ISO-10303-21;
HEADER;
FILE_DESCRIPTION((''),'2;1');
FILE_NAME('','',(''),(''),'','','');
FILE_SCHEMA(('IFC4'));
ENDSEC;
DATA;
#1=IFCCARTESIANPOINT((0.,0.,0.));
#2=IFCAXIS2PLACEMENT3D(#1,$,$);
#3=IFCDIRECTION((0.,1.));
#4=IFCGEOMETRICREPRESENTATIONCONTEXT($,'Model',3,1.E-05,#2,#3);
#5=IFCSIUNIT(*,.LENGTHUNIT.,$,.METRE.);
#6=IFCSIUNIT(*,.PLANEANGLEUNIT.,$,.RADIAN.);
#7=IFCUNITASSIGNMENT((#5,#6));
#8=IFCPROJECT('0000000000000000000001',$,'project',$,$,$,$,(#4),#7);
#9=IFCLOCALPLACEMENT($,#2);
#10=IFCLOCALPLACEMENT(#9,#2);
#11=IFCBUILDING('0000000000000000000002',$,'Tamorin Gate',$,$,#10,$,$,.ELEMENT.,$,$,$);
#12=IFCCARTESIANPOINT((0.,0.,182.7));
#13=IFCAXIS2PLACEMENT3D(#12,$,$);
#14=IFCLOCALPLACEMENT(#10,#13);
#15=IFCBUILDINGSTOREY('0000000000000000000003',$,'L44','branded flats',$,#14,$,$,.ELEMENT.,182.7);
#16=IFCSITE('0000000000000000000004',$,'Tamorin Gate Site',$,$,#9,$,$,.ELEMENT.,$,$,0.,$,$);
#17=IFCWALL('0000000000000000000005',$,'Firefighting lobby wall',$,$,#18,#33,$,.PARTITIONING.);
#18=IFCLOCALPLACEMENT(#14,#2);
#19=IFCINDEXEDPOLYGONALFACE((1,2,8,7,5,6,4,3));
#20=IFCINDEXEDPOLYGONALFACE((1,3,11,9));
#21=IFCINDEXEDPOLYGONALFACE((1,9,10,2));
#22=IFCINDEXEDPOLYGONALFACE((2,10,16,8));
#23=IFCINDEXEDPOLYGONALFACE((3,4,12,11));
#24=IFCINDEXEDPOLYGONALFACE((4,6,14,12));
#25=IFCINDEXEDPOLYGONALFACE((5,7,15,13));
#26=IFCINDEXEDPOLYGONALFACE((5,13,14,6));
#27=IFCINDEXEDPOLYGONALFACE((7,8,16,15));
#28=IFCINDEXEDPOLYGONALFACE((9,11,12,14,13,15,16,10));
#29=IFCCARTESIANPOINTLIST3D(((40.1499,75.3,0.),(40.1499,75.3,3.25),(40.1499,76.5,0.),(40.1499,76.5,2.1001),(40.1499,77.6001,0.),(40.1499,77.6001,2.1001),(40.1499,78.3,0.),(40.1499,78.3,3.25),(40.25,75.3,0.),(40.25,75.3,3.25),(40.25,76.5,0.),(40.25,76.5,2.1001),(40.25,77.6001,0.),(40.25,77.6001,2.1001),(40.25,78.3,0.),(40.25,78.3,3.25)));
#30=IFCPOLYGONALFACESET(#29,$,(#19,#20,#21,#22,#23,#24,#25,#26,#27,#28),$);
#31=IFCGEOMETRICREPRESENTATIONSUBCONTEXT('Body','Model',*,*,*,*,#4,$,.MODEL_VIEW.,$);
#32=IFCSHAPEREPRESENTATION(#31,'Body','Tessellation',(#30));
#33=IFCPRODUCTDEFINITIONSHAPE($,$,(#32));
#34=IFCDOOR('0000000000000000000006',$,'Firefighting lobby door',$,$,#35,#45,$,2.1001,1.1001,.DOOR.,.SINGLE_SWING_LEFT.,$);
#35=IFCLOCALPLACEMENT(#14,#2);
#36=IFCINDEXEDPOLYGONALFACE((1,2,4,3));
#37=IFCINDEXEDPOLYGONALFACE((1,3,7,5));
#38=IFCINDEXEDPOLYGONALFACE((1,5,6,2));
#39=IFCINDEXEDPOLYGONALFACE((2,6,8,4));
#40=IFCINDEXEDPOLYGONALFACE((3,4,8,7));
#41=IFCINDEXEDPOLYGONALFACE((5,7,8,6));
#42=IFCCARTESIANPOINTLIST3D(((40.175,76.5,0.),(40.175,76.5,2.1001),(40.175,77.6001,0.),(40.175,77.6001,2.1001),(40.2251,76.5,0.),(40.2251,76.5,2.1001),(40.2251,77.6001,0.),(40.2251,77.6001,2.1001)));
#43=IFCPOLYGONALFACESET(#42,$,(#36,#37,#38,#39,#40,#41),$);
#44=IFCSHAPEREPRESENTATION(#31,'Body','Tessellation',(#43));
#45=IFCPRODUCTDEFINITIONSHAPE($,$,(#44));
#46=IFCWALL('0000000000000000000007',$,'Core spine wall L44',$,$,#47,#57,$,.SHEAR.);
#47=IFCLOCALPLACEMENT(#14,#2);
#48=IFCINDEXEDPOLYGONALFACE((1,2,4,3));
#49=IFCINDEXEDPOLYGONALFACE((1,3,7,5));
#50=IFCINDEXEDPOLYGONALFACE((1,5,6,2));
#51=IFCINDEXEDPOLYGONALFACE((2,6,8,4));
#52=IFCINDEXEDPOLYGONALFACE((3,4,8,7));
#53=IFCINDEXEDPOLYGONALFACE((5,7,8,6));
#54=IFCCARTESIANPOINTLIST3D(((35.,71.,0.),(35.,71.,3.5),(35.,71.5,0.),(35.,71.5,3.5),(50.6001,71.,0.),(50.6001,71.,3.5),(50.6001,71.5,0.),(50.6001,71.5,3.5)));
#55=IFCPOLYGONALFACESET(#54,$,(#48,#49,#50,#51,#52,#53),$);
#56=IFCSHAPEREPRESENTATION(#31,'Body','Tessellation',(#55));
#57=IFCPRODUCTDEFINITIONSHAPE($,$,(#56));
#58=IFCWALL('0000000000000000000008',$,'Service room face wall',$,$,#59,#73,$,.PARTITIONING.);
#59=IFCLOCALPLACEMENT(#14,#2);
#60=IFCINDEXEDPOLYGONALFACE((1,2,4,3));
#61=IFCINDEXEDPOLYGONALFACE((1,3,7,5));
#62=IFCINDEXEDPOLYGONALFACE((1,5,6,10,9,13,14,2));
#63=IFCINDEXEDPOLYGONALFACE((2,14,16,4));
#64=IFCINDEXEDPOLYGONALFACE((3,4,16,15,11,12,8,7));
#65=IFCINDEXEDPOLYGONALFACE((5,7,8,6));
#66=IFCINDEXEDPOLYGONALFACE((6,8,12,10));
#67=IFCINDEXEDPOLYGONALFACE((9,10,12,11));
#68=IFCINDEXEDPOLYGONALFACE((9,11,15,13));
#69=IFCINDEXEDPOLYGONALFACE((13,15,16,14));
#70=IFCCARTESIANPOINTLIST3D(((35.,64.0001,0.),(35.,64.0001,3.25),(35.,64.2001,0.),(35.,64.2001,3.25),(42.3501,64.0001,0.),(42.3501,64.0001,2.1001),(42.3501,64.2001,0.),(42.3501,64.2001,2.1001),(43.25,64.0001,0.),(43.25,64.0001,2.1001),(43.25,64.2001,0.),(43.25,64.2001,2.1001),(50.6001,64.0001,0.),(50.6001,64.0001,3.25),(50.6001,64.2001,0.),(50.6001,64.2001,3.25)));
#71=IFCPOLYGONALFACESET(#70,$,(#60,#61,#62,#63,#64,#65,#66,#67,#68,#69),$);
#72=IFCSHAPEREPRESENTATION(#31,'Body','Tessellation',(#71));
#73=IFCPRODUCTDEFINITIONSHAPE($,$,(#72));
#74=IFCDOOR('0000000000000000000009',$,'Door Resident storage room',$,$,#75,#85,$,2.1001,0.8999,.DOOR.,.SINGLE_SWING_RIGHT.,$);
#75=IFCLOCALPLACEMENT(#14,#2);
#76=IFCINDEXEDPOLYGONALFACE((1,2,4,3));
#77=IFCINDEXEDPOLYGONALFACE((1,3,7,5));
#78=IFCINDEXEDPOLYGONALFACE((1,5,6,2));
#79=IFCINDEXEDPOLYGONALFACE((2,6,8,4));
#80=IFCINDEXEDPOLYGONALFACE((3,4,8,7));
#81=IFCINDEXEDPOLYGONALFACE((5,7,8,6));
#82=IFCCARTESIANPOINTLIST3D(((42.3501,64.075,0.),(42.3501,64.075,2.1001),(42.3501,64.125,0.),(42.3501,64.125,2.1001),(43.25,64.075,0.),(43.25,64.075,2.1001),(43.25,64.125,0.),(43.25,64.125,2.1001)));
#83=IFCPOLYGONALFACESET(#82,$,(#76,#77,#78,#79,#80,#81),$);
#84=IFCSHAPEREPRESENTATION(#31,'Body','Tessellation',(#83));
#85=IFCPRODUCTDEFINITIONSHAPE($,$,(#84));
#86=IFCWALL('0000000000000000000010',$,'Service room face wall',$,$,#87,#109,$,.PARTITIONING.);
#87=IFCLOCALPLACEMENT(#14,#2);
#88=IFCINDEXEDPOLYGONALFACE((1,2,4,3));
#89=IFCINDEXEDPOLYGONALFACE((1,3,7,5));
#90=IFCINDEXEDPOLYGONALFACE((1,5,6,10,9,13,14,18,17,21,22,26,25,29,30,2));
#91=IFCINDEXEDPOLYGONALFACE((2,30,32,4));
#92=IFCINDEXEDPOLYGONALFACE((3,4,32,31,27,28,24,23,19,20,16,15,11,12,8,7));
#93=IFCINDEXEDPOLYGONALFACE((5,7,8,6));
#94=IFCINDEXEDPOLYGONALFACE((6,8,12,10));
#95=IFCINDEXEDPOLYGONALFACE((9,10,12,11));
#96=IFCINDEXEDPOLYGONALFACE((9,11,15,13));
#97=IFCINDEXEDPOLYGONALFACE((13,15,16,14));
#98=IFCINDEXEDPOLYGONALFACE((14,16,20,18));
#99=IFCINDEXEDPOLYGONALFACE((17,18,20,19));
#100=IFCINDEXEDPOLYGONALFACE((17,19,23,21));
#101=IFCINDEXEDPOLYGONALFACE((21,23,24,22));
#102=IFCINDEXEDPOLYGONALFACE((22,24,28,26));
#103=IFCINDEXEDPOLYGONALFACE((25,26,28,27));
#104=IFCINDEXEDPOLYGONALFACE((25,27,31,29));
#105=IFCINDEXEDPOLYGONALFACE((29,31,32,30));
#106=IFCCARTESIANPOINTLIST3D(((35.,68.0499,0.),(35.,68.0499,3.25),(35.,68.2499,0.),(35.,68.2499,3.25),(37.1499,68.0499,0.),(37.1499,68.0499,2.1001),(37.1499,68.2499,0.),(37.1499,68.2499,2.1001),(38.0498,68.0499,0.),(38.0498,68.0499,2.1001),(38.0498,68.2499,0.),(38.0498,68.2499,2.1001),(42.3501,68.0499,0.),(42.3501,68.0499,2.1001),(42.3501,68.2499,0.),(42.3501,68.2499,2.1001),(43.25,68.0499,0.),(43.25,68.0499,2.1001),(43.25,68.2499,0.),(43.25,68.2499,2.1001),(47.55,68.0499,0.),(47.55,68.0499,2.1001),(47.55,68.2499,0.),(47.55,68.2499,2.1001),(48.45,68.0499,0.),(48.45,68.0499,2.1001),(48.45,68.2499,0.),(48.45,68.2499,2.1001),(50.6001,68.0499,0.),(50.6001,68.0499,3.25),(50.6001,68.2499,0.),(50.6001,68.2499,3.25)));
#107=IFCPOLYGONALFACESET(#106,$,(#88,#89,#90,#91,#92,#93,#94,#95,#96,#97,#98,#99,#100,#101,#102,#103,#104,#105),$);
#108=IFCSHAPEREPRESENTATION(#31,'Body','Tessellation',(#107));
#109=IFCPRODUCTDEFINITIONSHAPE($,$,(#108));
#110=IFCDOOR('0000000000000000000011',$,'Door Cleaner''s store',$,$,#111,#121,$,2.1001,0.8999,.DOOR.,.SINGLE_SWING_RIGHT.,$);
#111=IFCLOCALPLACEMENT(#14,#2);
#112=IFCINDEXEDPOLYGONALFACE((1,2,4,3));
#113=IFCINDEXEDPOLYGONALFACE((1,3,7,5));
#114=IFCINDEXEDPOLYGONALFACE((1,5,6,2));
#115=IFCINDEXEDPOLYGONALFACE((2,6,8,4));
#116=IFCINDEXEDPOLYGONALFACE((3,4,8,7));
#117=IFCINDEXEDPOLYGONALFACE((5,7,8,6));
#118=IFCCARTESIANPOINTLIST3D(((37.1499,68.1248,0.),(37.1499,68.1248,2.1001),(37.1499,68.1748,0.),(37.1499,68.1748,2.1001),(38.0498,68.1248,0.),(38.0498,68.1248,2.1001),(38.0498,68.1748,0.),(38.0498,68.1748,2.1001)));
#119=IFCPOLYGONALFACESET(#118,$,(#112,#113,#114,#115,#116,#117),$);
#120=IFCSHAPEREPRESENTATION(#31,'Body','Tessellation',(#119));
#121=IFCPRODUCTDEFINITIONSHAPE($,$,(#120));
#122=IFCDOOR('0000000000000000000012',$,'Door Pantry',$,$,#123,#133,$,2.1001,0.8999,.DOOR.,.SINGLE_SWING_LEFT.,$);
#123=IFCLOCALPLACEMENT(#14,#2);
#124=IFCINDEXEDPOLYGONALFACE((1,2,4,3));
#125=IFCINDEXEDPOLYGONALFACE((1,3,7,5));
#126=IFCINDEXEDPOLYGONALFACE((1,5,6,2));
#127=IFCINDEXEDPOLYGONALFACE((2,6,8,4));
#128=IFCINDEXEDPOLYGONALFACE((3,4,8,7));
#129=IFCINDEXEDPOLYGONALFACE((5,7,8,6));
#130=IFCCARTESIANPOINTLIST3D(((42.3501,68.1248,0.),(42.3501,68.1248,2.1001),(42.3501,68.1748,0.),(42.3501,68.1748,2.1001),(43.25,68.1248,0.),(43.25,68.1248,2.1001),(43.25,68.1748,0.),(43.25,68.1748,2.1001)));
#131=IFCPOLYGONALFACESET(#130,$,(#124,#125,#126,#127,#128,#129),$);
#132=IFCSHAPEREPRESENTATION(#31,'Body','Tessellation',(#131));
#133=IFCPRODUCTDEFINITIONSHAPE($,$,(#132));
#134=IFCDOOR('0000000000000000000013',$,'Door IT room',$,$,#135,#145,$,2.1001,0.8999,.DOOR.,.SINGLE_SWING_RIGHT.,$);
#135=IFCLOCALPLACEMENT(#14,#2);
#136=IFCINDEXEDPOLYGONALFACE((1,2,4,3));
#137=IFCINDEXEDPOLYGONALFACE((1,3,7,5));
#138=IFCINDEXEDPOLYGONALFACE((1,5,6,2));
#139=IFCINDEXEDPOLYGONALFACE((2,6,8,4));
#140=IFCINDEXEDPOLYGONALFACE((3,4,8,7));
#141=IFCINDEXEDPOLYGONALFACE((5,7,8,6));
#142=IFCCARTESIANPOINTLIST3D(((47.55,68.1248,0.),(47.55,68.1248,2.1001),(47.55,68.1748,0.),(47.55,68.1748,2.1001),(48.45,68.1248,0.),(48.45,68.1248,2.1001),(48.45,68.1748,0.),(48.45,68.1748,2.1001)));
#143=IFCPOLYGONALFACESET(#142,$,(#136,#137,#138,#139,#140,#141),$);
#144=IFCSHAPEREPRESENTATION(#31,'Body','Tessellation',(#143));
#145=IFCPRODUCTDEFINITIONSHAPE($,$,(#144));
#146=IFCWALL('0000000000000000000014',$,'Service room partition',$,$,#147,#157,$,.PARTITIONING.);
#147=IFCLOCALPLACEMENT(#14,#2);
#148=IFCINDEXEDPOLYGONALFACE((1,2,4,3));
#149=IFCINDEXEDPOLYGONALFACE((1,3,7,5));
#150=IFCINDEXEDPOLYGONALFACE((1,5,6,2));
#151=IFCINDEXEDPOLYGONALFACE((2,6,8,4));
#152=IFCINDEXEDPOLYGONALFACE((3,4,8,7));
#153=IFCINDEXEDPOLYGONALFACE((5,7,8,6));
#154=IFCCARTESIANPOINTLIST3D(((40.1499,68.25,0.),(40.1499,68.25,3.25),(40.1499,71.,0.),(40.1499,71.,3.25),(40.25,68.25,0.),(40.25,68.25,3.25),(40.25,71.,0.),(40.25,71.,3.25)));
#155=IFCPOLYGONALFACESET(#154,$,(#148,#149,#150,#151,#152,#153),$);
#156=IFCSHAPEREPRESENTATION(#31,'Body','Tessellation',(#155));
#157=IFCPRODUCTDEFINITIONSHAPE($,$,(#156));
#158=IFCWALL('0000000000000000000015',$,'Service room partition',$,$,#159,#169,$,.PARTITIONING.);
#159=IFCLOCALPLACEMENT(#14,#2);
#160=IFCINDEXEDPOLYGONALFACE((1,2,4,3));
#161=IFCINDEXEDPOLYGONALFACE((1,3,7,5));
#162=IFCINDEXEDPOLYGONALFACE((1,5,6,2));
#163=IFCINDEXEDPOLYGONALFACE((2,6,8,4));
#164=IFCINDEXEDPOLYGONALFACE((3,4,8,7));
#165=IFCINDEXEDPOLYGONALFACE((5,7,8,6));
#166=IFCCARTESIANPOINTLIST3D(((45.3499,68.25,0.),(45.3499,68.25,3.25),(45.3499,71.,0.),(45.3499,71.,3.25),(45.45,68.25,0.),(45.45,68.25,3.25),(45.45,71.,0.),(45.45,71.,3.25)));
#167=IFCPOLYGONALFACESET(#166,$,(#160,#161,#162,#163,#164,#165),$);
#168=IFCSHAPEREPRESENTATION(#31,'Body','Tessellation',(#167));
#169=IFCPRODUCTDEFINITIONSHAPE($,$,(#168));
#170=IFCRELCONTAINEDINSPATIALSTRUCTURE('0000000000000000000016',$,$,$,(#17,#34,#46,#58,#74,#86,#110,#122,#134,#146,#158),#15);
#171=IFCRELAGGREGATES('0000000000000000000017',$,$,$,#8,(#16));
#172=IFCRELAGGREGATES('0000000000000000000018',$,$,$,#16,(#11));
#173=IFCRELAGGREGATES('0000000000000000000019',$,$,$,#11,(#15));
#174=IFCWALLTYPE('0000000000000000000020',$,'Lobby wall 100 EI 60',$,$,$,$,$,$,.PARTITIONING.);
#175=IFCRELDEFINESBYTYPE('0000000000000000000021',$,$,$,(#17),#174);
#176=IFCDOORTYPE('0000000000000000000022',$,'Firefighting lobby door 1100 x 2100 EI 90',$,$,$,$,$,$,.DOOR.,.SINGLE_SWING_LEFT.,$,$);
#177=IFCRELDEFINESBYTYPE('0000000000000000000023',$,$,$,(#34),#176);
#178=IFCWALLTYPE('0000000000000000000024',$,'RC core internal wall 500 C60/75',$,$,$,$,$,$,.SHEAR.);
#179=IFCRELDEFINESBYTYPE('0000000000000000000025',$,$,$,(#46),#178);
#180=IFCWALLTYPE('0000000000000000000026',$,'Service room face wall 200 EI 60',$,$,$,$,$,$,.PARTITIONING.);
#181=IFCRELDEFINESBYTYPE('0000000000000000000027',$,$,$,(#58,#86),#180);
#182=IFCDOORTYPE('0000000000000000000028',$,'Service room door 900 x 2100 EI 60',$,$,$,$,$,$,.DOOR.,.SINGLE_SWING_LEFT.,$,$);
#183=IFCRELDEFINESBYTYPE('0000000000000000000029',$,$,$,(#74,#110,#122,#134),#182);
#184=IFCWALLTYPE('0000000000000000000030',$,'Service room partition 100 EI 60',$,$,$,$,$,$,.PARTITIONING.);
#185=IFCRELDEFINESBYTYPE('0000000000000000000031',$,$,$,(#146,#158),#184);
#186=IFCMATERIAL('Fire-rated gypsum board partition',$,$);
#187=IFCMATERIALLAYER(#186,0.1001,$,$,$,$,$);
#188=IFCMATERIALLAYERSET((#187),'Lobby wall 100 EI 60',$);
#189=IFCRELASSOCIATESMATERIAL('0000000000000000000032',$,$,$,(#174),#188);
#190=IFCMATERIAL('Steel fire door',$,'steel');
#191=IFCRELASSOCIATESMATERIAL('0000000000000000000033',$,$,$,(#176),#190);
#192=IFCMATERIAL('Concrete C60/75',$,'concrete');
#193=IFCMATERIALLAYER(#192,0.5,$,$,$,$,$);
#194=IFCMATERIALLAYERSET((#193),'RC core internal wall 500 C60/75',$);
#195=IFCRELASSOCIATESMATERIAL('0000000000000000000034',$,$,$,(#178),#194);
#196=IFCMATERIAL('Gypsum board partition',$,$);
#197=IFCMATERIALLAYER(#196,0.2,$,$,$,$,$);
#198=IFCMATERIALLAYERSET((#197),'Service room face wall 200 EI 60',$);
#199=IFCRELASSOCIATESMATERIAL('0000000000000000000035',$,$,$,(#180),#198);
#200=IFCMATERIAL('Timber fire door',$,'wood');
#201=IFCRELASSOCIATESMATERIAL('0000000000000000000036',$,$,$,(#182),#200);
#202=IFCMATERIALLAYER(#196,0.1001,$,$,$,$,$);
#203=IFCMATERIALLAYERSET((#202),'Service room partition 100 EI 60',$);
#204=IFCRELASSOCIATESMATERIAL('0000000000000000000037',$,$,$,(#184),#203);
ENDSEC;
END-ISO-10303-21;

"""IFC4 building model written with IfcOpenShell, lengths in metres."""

from ifc_helpers import new_model, si_unit, direction, frame, frame_2d, origin, place, context, subcontext, project, spatial, rectangle, extrude, material, layer, layer_set, type_object, element, fill, save


model = new_model("IFC4")

# Units and contexts
model_context = context("Model", 3, precision=1e-05, world=origin(), true_north=direction((0.0, 1.0)))
body_context = subcontext(model_context, "Body", "Model", "MODEL_VIEW")
ifc_project = project(units=[si_unit("LENGTHUNIT", "METRE"), si_unit("PLANEANGLEUNIT", "RADIAN")], contexts=[model_context])

# Site, building, storey
site_placement = place(None, origin())
site = spatial("IfcSite", under=ifc_project, at=site_placement, Name="Tamorin Gate Site", CompositionType="ELEMENT", RefElevation=0.0)
building_placement = place(site_placement, origin())
building = spatial("IfcBuilding", under=site, at=building_placement, Name="Tamorin Gate", CompositionType="ELEMENT")
storey_placement = place(building_placement, frame((0.0, 0.0, 182.7)))
storey = spatial("IfcBuildingStorey", under=building, at=storey_placement, Name="L44", Description="branded flats", CompositionType="ELEMENT", Elevation=182.7)

# Shared definitions
ifc_material_1 = material(Name="Fire-rated gypsum board partition")
ifc_layer_1 = layer(ifc_material_1, 0.1001)
ifc_layer_set_1 = layer_set([ifc_layer_1], Name="Lobby wall 100 EI 60")
wall_type_1 = type_object("IfcWallType", Name="Lobby wall 100 EI 60", PredefinedType="PARTITIONING", material=ifc_layer_set_1)

# Wall, opening, door
wall_1_placement = place(storey_placement, frame((40.2, 75.3, 0.0), z_axis=(0.0, 0.0, 1.0), x_axis=(0.0, 1.0, 0.0)))
wall_1 = element("IfcWall", 1, at=wall_1_placement, inside=storey, type_object=wall_type_1, Name="Firefighting lobby wall", PredefinedType="PARTITIONING", context=body_context, shape_type="SweptSolid", body=[
    extrude(rectangle(XDim=3.0, YDim=0.1001, at=frame_2d((1.5, 0.0))), origin(), (0.0, 0.0, 1.0), 3.25),
])
opening_1_placement = place(wall_1_placement, frame((1.2, 0.0, 0.0)))
opening_1 = element("IfcOpeningElement", 2, at=opening_1_placement, cuts=wall_1, PredefinedType="OPENING", context=body_context, shape_type="SweptSolid", body=[
    extrude(rectangle(XDim=1.1001, YDim=2.1001, at=frame_2d((0.55, 1.05))), frame((0.0, 0.0601, 0.0), z_axis=(0.0, -1.0, 0.0), x_axis=(1.0, 0.0, 0.0)), (0.0, 0.0, 1.0), 0.1201),
])
ifc_material_2 = material(Name="Steel fire door", Category="steel")
door_type_1 = type_object("IfcDoorType", Name="Firefighting lobby door 1100 x 2100 EI 90", OperationType="SINGLE_SWING_LEFT", PredefinedType="DOOR", material=ifc_material_2)
door_1_placement = place(opening_1_placement, origin())
door_1 = element("IfcDoor", 3, at=door_1_placement, inside=storey, type_object=door_type_1, Name="Firefighting lobby door", OperationType="SINGLE_SWING_LEFT", OverallHeight=2.1001, OverallWidth=1.1001, PredefinedType="DOOR", context=body_context, shape_type="SweptSolid", body=[
    extrude(rectangle(XDim=1.1001, YDim=2.1001, at=frame_2d((0.55, 1.05))), frame((0.0, 0.0249, 0.0), z_axis=(0.0, -1.0, 0.0), x_axis=(1.0, 0.0, 0.0)), (0.0, 0.0, 1.0), 0.05),
])
fill(opening_1, door_1)

# Wall
ifc_material_3 = material(Name="Concrete C60/75", Category="concrete")
ifc_layer_2 = layer(ifc_material_3, 0.5)
ifc_layer_set_2 = layer_set([ifc_layer_2], Name="RC core internal wall 500 C60/75")
wall_type_2 = type_object("IfcWallType", Name="RC core internal wall 500 C60/75", PredefinedType="SHEAR", material=ifc_layer_set_2)
wall_2_placement = place(storey_placement, frame((35.0, 71.25, 0.0), z_axis=(0.0, 0.0, 1.0), x_axis=(1.0, 0.0, 0.0)))
element("IfcWall", 4, at=wall_2_placement, inside=storey, type_object=wall_type_2, Name="Core spine wall L44", PredefinedType="SHEAR", context=body_context, shape_type="SweptSolid", body=[
    extrude(rectangle(XDim=15.6001, YDim=0.5, at=frame_2d((7.8, 0.0))), origin(), (0.0, 0.0, 1.0), 3.5),
])

# Wall, opening, door
ifc_material_4 = material(Name="Gypsum board partition")
ifc_layer_3 = layer(ifc_material_4, 0.2)
ifc_layer_set_3 = layer_set([ifc_layer_3], Name="Service room face wall 200 EI 60")
wall_type_3 = type_object("IfcWallType", Name="Service room face wall 200 EI 60", PredefinedType="PARTITIONING", material=ifc_layer_set_3)
wall_3_placement = place(storey_placement, frame((35.0, 64.1001, 0.0), z_axis=(0.0, 0.0, 1.0), x_axis=(1.0, 0.0, 0.0)))
wall_3 = element("IfcWall", 5, at=wall_3_placement, inside=storey, type_object=wall_type_3, Name="Service room face wall", PredefinedType="PARTITIONING", context=body_context, shape_type="SweptSolid", body=[
    extrude(rectangle(XDim=15.6001, YDim=0.2, at=frame_2d((7.8, 0.0))), origin(), (0.0, 0.0, 1.0), 3.25),
])
opening_2_placement = place(wall_3_placement, frame((7.3501, 0.0, 0.0)))
opening_2 = element("IfcOpeningElement", 6, at=opening_2_placement, cuts=wall_3, PredefinedType="OPENING", context=body_context, shape_type="SweptSolid", body=[
    extrude(rectangle(XDim=0.8999, YDim=2.1001, at=frame_2d((0.45, 1.05))), frame((0.0, 0.1099, 0.0), z_axis=(0.0, -1.0, 0.0), x_axis=(1.0, 0.0, 0.0)), (0.0, 0.0, 1.0), 0.22),
])
ifc_material_5 = material(Name="Timber fire door", Category="wood")
door_type_2 = type_object("IfcDoorType", Name="Service room door 900 x 2100 EI 60", OperationType="SINGLE_SWING_LEFT", PredefinedType="DOOR", material=ifc_material_5)
door_2_placement = place(opening_2_placement, origin())
door_2 = element("IfcDoor", 7, at=door_2_placement, inside=storey, type_object=door_type_2, Name="Door Resident storage room", OperationType="SINGLE_SWING_RIGHT", OverallHeight=2.1001, OverallWidth=0.8999, PredefinedType="DOOR", context=body_context, shape_type="SweptSolid", body=[
    extrude(rectangle(XDim=0.8999, YDim=2.1001, at=frame_2d((0.45, 1.05))), frame((0.0, 0.0249, 0.0), z_axis=(0.0, -1.0, 0.0), x_axis=(1.0, 0.0, 0.0)), (0.0, 0.0, 1.0), 0.05),
])
fill(opening_2, door_2)

# Wall, openings, doors
wall_4_placement = place(storey_placement, frame((35.0, 68.1499, 0.0), z_axis=(0.0, 0.0, 1.0), x_axis=(1.0, 0.0, 0.0)))
wall_4 = element("IfcWall", 8, at=wall_4_placement, inside=storey, type_object=wall_type_3, Name="Service room face wall", PredefinedType="PARTITIONING", context=body_context, shape_type="SweptSolid", body=[
    extrude(rectangle(XDim=15.6001, YDim=0.2, at=frame_2d((7.8, 0.0))), origin(), (0.0, 0.0, 1.0), 3.25),
])
opening_3_placement = place(wall_4_placement, frame((2.1499, 0.0, 0.0)))
opening_3 = element("IfcOpeningElement", 9, at=opening_3_placement, cuts=wall_4, PredefinedType="OPENING", context=body_context, shape_type="SweptSolid", body=[
    extrude(rectangle(XDim=0.8999, YDim=2.1001, at=frame_2d((0.45, 1.05))), frame((0.0, 0.1099, 0.0), z_axis=(0.0, -1.0, 0.0), x_axis=(1.0, 0.0, 0.0)), (0.0, 0.0, 1.0), 0.22),
])
opening_4_placement = place(wall_4_placement, frame((7.3501, 0.0, 0.0)))
opening_4 = element("IfcOpeningElement", 10, at=opening_4_placement, cuts=wall_4, PredefinedType="OPENING", context=body_context, shape_type="SweptSolid", body=[
    extrude(rectangle(XDim=0.8999, YDim=2.1001, at=frame_2d((0.45, 1.05))), frame((0.0, 0.1099, 0.0), z_axis=(0.0, -1.0, 0.0), x_axis=(1.0, 0.0, 0.0)), (0.0, 0.0, 1.0), 0.22),
])
opening_5_placement = place(wall_4_placement, frame((12.55, 0.0, 0.0)))
opening_5 = element("IfcOpeningElement", 11, at=opening_5_placement, cuts=wall_4, PredefinedType="OPENING", context=body_context, shape_type="SweptSolid", body=[
    extrude(rectangle(XDim=0.8999, YDim=2.1001, at=frame_2d((0.45, 1.05))), frame((0.0, 0.1099, 0.0), z_axis=(0.0, -1.0, 0.0), x_axis=(1.0, 0.0, 0.0)), (0.0, 0.0, 1.0), 0.22),
])
door_3_placement = place(opening_3_placement, origin())
door_3 = element("IfcDoor", 12, at=door_3_placement, inside=storey, type_object=door_type_2, Name="Door Cleaner's store", OperationType="SINGLE_SWING_RIGHT", OverallHeight=2.1001, OverallWidth=0.8999, PredefinedType="DOOR", context=body_context, shape_type="SweptSolid", body=[
    extrude(rectangle(XDim=0.8999, YDim=2.1001, at=frame_2d((0.45, 1.05))), frame((0.0, 0.0249, 0.0), z_axis=(0.0, -1.0, 0.0), x_axis=(1.0, 0.0, 0.0)), (0.0, 0.0, 1.0), 0.05),
])
fill(opening_3, door_3)
door_4_placement = place(opening_4_placement, origin())
door_4 = element("IfcDoor", 13, at=door_4_placement, inside=storey, type_object=door_type_2, Name="Door Pantry", OperationType="SINGLE_SWING_LEFT", OverallHeight=2.1001, OverallWidth=0.8999, PredefinedType="DOOR", context=body_context, shape_type="SweptSolid", body=[
    extrude(rectangle(XDim=0.8999, YDim=2.1001, at=frame_2d((0.45, 1.05))), frame((0.0, 0.0249, 0.0), z_axis=(0.0, -1.0, 0.0), x_axis=(1.0, 0.0, 0.0)), (0.0, 0.0, 1.0), 0.05),
])
fill(opening_4, door_4)
door_5_placement = place(opening_5_placement, origin())
door_5 = element("IfcDoor", 14, at=door_5_placement, inside=storey, type_object=door_type_2, Name="Door IT room", OperationType="SINGLE_SWING_RIGHT", OverallHeight=2.1001, OverallWidth=0.8999, PredefinedType="DOOR", context=body_context, shape_type="SweptSolid", body=[
    extrude(rectangle(XDim=0.8999, YDim=2.1001, at=frame_2d((0.45, 1.05))), frame((0.0, 0.0249, 0.0), z_axis=(0.0, -1.0, 0.0), x_axis=(1.0, 0.0, 0.0)), (0.0, 0.0, 1.0), 0.05),
])
fill(opening_5, door_5)

# Walls
ifc_layer_4 = layer(ifc_material_4, 0.1001)
ifc_layer_set_4 = layer_set([ifc_layer_4], Name="Service room partition 100 EI 60")
wall_type_4 = type_object("IfcWallType", Name="Service room partition 100 EI 60", PredefinedType="PARTITIONING", material=ifc_layer_set_4)
for number, where, z_axis, x_axis, name in (
    (15, (40.2, 68.25, 0.0), (0.0, 0.0, 1.0), (0.0, 1.0, 0.0), "Service room partition"),
    (16, (45.3999, 68.25, 0.0), (0.0, 0.0, 1.0), (0.0, 1.0, 0.0), "Service room partition"),
):
    element("IfcWall", number, at=place(storey_placement, frame(where, z_axis=z_axis, x_axis=x_axis)), inside=storey, type_object=wall_type_4, Name=name, PredefinedType="PARTITIONING", context=body_context, shape_type="SweptSolid", body=[
        extrude(rectangle(XDim=2.75, YDim=0.1001, at=frame_2d((1.375, 0.0))), origin(), (0.0, 0.0, 1.0), 3.25),
    ])

save(model, "model.ifc")
